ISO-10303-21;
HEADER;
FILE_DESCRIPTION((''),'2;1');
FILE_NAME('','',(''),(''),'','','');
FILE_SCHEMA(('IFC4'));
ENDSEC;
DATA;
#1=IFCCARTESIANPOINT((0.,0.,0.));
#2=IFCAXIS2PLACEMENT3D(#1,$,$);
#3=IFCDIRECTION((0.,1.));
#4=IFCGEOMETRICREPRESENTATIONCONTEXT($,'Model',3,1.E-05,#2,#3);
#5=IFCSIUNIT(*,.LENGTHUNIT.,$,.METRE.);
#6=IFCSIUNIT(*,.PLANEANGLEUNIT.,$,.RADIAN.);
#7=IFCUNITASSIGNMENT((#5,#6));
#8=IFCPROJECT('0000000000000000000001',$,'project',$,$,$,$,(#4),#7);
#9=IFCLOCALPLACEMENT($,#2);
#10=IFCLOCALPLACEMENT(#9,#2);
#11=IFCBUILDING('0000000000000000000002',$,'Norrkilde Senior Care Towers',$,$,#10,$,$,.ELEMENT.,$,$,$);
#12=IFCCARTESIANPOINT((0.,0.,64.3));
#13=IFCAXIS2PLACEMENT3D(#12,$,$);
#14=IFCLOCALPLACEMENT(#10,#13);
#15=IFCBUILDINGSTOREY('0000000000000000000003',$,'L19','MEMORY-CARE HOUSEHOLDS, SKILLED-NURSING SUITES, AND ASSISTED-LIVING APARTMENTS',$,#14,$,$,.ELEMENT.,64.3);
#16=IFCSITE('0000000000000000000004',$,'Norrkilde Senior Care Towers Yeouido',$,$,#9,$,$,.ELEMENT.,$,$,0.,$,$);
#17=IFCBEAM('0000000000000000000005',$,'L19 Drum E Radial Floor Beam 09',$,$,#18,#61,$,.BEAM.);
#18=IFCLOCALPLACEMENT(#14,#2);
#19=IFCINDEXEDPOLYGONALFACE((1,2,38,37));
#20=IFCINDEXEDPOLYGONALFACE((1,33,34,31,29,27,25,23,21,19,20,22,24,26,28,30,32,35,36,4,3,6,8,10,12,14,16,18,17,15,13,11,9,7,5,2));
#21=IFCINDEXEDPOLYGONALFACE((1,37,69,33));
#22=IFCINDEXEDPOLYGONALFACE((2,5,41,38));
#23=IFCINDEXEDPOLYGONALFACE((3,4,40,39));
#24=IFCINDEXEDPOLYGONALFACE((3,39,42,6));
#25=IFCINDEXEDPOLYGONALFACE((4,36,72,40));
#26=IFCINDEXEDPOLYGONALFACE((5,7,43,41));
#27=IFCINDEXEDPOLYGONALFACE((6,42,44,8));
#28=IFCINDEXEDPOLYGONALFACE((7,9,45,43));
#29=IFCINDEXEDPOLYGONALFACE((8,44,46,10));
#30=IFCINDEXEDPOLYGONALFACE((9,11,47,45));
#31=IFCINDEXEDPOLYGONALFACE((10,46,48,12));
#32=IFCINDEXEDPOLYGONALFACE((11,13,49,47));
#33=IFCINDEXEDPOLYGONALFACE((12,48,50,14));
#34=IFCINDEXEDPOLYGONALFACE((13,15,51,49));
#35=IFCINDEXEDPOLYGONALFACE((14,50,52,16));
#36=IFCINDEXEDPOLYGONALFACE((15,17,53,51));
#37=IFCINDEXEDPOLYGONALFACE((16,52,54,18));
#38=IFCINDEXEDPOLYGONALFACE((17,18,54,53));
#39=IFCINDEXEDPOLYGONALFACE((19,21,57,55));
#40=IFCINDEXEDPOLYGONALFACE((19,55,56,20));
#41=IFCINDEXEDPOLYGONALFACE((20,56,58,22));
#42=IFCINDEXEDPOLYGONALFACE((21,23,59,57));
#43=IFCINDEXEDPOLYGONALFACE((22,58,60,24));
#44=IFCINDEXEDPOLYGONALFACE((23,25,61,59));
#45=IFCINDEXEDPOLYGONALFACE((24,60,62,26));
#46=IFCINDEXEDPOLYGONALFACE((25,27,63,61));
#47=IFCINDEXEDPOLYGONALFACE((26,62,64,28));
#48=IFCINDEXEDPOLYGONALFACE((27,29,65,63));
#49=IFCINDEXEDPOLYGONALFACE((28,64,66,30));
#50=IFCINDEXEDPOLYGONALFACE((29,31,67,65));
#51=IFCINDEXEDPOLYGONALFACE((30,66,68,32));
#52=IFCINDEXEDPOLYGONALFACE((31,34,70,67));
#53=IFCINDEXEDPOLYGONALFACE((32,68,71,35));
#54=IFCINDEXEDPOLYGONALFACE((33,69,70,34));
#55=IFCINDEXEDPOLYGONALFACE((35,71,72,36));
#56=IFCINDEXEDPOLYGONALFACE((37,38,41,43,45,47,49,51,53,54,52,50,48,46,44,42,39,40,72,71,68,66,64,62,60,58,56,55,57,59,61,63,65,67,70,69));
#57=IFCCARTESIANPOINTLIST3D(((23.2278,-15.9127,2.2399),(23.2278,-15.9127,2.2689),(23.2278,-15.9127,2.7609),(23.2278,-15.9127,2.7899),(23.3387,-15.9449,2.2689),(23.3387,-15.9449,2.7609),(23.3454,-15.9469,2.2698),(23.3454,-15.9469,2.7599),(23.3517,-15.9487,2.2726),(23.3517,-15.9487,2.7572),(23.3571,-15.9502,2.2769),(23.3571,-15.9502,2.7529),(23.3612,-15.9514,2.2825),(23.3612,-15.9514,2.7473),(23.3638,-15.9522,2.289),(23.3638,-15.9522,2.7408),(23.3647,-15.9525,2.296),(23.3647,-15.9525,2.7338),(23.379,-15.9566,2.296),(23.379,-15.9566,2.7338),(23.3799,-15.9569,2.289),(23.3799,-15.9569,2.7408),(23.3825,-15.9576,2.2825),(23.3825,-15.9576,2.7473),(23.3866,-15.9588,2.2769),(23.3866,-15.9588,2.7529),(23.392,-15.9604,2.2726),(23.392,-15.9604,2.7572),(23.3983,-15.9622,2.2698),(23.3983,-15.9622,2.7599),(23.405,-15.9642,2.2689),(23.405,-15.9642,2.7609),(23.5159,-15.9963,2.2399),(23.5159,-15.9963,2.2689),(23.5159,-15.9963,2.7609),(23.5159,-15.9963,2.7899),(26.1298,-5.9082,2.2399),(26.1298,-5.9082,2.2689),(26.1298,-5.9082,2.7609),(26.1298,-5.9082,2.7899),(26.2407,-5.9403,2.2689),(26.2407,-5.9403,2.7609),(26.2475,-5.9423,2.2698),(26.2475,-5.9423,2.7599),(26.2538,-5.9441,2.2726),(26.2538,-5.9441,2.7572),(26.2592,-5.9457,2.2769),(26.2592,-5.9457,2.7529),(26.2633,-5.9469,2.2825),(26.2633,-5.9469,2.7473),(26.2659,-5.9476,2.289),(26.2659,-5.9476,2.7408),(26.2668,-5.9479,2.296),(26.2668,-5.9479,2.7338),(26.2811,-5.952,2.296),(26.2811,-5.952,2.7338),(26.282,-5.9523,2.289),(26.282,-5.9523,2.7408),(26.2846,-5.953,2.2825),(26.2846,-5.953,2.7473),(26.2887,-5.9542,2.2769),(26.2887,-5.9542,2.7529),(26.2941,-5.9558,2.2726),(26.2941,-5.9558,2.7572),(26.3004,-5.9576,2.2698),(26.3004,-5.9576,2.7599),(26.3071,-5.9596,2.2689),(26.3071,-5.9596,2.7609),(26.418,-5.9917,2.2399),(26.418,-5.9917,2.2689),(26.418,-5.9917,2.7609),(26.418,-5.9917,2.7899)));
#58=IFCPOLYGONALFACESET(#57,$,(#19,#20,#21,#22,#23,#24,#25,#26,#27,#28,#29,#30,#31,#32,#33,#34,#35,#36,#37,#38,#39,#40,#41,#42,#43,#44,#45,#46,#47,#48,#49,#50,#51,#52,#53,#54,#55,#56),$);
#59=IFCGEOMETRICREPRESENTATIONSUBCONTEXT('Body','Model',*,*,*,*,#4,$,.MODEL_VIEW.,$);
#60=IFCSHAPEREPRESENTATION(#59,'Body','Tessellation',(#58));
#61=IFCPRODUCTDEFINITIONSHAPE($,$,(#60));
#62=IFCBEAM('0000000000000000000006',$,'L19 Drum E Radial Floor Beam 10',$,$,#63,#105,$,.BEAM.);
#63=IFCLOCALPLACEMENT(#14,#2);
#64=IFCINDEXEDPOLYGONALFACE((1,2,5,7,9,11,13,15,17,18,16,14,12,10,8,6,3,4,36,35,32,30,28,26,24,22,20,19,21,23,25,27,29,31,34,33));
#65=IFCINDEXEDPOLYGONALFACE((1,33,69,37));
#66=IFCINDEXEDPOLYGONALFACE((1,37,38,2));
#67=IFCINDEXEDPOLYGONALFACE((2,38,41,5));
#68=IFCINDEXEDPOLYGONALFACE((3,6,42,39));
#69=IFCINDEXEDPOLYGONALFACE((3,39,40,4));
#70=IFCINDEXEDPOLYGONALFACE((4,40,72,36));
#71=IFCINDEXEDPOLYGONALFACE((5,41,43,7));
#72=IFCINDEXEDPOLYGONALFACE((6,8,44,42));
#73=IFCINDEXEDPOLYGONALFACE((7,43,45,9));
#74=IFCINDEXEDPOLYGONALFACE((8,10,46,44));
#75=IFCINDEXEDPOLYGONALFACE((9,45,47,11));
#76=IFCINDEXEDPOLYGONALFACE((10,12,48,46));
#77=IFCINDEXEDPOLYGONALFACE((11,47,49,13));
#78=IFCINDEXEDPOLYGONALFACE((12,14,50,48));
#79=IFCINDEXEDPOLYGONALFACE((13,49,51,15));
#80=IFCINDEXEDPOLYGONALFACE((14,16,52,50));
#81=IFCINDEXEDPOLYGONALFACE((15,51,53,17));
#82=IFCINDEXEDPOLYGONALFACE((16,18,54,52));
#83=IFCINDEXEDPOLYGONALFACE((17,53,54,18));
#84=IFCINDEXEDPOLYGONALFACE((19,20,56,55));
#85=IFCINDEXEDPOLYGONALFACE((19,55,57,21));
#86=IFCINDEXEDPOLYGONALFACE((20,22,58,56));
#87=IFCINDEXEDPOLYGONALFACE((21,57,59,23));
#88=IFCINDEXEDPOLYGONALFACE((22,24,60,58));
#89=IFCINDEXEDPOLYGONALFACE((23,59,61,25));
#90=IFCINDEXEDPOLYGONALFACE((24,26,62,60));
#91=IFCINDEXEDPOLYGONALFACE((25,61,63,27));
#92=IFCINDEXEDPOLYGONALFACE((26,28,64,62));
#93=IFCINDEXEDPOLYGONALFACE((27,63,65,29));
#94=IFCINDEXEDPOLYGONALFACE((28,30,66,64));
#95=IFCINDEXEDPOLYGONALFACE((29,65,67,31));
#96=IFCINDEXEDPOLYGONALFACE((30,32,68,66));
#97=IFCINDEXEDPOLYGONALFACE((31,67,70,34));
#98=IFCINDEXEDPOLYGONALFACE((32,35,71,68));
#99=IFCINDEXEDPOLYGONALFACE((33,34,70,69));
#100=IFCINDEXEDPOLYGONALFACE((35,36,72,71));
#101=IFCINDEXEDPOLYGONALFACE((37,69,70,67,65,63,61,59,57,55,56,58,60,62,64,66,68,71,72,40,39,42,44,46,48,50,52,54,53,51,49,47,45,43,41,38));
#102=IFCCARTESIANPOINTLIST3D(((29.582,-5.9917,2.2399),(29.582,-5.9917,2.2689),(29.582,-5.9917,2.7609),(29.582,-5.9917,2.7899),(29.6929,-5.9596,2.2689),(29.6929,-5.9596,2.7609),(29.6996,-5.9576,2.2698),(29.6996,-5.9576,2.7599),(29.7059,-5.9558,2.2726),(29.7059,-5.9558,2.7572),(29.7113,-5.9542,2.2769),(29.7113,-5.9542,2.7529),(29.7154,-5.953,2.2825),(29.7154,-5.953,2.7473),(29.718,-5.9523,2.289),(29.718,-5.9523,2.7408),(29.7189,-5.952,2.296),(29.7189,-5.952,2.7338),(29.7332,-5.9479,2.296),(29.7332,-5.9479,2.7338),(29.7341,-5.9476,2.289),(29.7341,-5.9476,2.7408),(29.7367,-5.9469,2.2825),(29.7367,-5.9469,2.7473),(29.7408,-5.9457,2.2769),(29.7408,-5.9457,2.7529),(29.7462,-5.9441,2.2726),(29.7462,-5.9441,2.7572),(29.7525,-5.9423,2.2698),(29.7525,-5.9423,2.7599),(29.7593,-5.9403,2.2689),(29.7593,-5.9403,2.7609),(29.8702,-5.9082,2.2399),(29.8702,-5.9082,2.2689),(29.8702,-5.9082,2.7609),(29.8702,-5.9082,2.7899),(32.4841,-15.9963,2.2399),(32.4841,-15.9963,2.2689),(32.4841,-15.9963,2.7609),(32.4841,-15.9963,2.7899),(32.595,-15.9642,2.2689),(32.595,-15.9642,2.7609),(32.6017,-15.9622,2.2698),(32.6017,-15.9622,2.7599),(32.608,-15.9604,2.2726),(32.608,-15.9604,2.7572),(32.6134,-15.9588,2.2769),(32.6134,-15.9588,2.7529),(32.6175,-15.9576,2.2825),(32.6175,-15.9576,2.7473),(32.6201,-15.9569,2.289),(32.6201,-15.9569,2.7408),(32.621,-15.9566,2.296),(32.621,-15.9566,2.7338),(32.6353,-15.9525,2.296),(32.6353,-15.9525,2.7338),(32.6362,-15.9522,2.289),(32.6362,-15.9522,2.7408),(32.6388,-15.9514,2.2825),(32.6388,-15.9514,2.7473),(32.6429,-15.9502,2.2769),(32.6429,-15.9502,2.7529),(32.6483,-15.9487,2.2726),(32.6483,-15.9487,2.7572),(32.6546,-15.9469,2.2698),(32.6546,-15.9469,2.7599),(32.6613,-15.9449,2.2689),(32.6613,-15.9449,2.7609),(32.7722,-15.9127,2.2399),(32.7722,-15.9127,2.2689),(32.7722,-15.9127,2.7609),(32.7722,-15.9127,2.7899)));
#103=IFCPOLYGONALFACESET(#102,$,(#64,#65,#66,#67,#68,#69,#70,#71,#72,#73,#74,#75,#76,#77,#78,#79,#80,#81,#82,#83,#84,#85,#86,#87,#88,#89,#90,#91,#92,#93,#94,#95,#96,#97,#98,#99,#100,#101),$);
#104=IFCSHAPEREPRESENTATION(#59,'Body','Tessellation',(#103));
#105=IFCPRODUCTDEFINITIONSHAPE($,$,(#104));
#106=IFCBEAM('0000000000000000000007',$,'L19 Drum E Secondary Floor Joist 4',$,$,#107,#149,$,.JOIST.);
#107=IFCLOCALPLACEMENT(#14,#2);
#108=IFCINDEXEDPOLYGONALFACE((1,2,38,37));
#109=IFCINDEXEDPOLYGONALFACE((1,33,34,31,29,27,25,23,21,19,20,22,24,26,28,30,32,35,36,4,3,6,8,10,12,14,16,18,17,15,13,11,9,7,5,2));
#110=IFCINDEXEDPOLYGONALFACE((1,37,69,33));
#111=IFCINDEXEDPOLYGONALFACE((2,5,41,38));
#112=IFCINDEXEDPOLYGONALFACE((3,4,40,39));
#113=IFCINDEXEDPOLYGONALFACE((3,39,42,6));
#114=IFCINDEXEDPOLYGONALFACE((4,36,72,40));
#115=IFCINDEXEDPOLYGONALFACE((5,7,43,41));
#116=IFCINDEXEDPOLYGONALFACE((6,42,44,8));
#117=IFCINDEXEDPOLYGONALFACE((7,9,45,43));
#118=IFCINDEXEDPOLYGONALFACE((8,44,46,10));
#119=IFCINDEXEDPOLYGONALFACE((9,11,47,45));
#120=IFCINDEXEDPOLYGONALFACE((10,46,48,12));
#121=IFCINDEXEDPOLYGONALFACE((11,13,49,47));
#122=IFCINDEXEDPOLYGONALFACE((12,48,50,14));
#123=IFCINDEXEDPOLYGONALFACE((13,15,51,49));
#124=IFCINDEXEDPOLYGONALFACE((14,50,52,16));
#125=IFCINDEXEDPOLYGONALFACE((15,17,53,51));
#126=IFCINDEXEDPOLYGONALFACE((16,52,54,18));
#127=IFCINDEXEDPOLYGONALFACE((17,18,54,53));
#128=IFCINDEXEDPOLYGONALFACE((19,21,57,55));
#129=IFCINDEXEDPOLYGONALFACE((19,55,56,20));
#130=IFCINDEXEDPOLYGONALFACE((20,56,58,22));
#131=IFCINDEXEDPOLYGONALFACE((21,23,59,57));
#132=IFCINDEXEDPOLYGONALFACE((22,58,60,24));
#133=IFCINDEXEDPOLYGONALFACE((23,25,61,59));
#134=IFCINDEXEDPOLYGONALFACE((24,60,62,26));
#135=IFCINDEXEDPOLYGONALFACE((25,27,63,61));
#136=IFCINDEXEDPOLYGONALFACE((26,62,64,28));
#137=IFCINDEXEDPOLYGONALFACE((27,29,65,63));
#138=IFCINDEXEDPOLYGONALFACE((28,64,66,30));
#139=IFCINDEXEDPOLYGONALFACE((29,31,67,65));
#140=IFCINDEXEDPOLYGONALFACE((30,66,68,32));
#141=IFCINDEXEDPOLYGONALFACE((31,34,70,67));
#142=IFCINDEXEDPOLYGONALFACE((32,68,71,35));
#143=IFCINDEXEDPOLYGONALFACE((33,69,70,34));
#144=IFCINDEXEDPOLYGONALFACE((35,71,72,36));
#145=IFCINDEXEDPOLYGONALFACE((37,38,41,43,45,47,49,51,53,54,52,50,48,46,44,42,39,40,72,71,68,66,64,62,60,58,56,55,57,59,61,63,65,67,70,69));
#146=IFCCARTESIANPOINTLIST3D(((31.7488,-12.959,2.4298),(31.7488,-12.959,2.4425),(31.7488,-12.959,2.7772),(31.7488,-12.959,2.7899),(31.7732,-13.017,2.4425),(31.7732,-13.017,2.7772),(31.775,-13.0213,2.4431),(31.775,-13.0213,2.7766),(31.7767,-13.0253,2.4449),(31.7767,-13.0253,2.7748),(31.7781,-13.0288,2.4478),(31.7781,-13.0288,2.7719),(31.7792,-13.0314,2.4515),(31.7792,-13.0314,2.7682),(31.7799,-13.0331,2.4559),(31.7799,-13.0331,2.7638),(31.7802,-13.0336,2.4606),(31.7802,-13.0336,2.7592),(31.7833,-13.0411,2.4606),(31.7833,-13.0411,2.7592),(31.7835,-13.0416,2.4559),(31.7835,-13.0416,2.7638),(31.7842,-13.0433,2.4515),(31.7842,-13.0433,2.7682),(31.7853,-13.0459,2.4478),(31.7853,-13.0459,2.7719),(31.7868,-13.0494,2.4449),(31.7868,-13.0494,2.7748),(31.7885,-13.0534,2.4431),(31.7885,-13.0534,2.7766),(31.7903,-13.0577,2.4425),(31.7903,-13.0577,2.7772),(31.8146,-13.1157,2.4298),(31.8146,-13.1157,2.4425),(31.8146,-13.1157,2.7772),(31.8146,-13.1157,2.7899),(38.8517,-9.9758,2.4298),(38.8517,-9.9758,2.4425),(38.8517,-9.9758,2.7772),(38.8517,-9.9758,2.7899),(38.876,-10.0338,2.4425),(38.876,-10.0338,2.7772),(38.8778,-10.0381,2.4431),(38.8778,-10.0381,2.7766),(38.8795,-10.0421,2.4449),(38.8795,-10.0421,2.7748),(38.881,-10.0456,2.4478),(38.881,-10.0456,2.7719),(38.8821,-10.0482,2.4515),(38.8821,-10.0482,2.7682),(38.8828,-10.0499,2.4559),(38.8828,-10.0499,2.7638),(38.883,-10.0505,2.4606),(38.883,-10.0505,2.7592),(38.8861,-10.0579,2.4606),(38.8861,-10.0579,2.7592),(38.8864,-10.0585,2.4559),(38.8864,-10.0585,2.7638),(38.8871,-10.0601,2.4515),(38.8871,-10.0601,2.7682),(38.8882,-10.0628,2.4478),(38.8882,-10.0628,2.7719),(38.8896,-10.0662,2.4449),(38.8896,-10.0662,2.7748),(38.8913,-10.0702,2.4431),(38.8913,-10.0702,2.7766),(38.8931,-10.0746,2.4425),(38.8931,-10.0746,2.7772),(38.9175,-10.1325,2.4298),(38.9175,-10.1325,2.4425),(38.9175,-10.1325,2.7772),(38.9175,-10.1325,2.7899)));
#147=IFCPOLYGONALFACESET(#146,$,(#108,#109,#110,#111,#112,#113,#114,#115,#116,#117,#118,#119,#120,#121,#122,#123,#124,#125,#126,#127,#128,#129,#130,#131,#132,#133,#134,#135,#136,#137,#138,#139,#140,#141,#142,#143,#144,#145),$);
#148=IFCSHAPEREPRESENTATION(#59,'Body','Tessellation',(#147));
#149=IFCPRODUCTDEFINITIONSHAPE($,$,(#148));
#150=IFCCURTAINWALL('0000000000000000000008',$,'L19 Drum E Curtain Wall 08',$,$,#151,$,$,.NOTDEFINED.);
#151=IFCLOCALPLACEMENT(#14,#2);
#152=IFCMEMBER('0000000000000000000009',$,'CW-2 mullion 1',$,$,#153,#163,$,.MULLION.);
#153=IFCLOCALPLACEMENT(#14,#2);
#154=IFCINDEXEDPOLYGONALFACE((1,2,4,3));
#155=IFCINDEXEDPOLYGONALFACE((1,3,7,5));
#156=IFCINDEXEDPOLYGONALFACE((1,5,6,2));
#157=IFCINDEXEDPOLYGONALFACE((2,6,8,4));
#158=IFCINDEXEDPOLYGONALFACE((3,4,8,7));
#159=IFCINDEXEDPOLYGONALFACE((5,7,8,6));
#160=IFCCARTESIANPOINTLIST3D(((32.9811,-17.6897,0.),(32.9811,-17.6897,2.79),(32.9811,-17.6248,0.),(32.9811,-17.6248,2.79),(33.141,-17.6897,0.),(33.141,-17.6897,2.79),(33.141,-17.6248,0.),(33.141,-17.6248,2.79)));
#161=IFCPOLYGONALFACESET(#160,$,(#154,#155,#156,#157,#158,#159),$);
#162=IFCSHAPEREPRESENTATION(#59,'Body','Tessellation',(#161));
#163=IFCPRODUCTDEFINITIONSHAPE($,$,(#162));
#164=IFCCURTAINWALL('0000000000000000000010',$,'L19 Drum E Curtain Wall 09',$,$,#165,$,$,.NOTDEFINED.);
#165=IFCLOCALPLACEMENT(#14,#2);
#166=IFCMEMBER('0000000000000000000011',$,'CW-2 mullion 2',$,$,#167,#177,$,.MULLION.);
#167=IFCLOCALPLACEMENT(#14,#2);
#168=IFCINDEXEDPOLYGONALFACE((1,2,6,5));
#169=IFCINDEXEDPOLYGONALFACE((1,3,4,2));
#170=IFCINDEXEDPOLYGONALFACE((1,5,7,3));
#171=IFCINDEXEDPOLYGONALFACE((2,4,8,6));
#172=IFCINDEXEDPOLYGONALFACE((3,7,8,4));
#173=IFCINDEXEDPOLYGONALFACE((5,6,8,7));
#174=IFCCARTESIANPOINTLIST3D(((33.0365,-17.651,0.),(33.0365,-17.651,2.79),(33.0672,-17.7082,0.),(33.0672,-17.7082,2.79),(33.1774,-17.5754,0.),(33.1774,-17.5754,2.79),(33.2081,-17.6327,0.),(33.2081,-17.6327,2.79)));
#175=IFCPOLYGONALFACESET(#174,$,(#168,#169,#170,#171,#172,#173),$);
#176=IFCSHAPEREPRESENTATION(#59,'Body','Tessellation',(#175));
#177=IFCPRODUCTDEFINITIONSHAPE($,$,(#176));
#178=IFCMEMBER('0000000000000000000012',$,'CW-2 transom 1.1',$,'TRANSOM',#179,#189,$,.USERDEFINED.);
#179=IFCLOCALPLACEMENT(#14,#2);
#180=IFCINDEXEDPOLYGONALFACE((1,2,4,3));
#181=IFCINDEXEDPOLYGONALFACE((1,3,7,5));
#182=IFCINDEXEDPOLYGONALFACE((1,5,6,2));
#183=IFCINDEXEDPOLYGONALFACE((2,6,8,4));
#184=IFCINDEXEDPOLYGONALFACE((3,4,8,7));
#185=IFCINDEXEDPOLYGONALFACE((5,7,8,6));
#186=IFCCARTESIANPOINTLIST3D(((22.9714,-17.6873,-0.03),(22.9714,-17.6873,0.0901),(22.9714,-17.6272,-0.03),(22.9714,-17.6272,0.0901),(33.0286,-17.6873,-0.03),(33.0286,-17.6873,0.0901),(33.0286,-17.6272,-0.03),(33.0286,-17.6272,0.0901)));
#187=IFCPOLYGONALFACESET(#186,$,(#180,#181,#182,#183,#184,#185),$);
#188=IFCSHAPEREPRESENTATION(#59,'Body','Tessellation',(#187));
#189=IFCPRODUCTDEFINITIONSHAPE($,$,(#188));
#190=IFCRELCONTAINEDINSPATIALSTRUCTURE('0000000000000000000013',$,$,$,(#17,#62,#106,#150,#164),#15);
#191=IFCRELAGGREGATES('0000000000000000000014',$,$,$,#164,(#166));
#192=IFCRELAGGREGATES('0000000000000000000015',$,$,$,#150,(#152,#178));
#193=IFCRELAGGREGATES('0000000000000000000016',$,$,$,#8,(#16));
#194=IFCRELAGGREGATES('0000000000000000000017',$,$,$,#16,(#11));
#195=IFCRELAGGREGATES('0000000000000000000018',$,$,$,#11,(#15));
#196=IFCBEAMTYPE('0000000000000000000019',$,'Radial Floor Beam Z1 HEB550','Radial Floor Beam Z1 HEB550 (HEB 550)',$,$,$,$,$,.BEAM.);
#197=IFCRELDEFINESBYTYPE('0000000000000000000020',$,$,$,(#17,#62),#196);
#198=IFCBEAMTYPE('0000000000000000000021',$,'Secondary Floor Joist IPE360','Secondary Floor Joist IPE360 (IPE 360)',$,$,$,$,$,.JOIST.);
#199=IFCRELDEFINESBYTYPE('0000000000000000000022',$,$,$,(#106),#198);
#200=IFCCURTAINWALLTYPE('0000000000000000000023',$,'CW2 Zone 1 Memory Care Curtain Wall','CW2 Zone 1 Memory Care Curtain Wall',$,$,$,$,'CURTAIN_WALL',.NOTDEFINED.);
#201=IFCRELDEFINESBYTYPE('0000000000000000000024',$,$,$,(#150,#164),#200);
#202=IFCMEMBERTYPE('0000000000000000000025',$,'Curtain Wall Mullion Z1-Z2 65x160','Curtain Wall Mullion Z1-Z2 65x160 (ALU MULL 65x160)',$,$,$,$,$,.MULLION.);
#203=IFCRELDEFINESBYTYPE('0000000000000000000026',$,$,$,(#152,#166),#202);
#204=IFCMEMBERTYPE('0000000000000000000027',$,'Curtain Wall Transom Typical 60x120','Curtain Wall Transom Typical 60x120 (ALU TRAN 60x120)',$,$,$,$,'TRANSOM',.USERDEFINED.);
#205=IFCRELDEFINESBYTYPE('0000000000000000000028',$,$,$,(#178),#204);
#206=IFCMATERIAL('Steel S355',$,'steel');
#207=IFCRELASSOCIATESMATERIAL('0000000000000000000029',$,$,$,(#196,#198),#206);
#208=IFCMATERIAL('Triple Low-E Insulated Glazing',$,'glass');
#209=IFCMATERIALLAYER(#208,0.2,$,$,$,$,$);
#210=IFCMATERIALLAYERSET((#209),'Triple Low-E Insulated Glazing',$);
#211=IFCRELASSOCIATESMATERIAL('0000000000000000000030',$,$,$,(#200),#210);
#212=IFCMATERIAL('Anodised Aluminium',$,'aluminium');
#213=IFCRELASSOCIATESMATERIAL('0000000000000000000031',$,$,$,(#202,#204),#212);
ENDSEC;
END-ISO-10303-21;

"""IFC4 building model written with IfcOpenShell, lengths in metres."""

from ifc_helpers import new_model, si_unit, direction, frame, origin, origin_2d, place, context, subcontext, project, spatial, rectangle, i_section, extrude, source, transform, mapped, material, layer, layer_set, material_profile, profile_set, type_object, type_shapes, element, aggregate, save


model = new_model("IFC4")

# Units and contexts
model_context = context("Model", 3, precision=1e-05, world=origin(), true_north=direction((0.0, 1.0)))
body_context = subcontext(model_context, "Body", "Model", "MODEL_VIEW")
ifc_project = project(units=[si_unit("LENGTHUNIT", "METRE"), si_unit("PLANEANGLEUNIT", "RADIAN")], contexts=[model_context])

# Site, building, storey
site_placement = place(None, origin())
site = spatial("IfcSite", under=ifc_project, at=site_placement, Name="Norrkilde Senior Care Towers Yeouido", CompositionType="ELEMENT", RefElevation=0.0)
building_placement = place(site_placement, origin())
building = spatial("IfcBuilding", under=site, at=building_placement, Name="Norrkilde Senior Care Towers", CompositionType="ELEMENT")
storey_placement = place(building_placement, frame((0.0, 0.0, 64.3)))
storey = spatial("IfcBuildingStorey", under=building, at=storey_placement, Name="L19", Description="MEMORY-CARE HOUSEHOLDS, SKILLED-NURSING SUITES, AND ASSISTED-LIVING APARTMENTS", CompositionType="ELEMENT", Elevation=64.3)

# Beams
ifc_material_1 = material(Name="Steel S355", Category="steel")
ifc_material_profile_1 = material_profile(ifc_material_1, i_section(OverallWidth=0.3, OverallDepth=0.55, WebThickness=0.0149, FlangeThickness=0.0291, FilletRadius=0.0271, at=origin_2d()), Name="HEB 550")
ifc_profile_set_1 = profile_set([ifc_material_profile_1], Name="Steel S355")
beam_type_1 = type_object("IfcBeamType", Name="Radial Floor Beam Z1 HEB550", Description="Radial Floor Beam Z1 HEB550 (HEB 550)", PredefinedType="BEAM", material=ifc_profile_set_1)
shared_shape_1 = source(origin(), body_context, "Body", "SweptSolid", [
    extrude(i_section(OverallWidth=0.3, OverallDepth=0.55, WebThickness=0.0149, FlangeThickness=0.0291, FilletRadius=0.0271, at=origin_2d()), origin(), (0.0, 0.0, 1.0), 10.417),
])
for number, where, z_axis, x_axis, name in (
    (1, (26.2739, -5.95, 2.5149), (-0.278591, -0.96041, 0.0), (0.96041, -0.278591, 0.0), "L19 Drum E Radial Floor Beam 09"),
    (2, (29.7261, -5.95, 2.5149), (0.278591, -0.96041, 0.0), (0.96041, 0.278591, 0.0), "L19 Drum E Radial Floor Beam 10"),
):
    element("IfcBeam", number, at=place(storey_placement, frame(where, z_axis=z_axis, x_axis=x_axis)), inside=storey, type_object=beam_type_1, Name=name, PredefinedType="BEAM", context=body_context, shape_type="MappedRepresentation", body=[
        mapped(shared_shape_1, transform((0.0, 0.0, 0.0), x_axis=(1.0, 0.0, 0.0), y_axis=(0.0, 1.0, 0.0), z_axis=(0.0, 0.0, 1.0), scale=1.0)),
    ])
ifc_material_profile_2 = material_profile(ifc_material_1, i_section(OverallWidth=0.1699, OverallDepth=0.3601, WebThickness=0.0081, FlangeThickness=0.0127, FilletRadius=0.0181, at=origin_2d()), Name="IPE 360")
ifc_profile_set_2 = profile_set([ifc_material_profile_2], Name="Steel S355")
beam_type_2 = type_object("IfcBeamType", Name="Secondary Floor Joist IPE360", Description="Secondary Floor Joist IPE360 (IPE 360)", PredefinedType="JOIST", material=ifc_profile_set_2)
shared_shape_2 = source(origin(), body_context, "Body", "SweptSolid", [
    extrude(i_section(OverallWidth=0.1699, OverallDepth=0.3601, WebThickness=0.0081, FlangeThickness=0.0127, FilletRadius=0.0181, at=origin_2d()), origin(), (0.0, 0.0, 1.0), 7.7039),
])
type_shapes(beam_type_2, [shared_shape_2])
beam_1_placement = place(storey_placement, frame((31.7817, -13.0374, 2.6099), z_axis=(0.921983, 0.387231, 0.0), x_axis=(-0.387231, 0.921983, 0.0)))
element("IfcBeam", 3, at=beam_1_placement, inside=storey, type_object=beam_type_2, Name="L19 Drum E Secondary Floor Joist 4", PredefinedType="JOIST", context=body_context, shape_type="MappedRepresentation", body=[
    mapped(shared_shape_2, transform((0.0, 0.0, 0.0), x_axis=(1.0, 0.0, 0.0), y_axis=(0.0, 1.0, 0.0), z_axis=(0.0, 0.0, 1.0), scale=1.0)),
])

# Curtain walls, members
ifc_material_2 = material(Name="Triple Low-E Insulated Glazing", Category="glass")
ifc_layer_1 = layer(ifc_material_2, 0.2)
ifc_layer_set_1 = layer_set([ifc_layer_1], Name="Triple Low-E Insulated Glazing")
curtain_wall_type = type_object("IfcCurtainWallType", Name="CW2 Zone 1 Memory Care Curtain Wall", Description="CW2 Zone 1 Memory Care Curtain Wall", ElementType="CURTAIN_WALL", PredefinedType="NOTDEFINED", material=ifc_layer_set_1)
curtain_wall_1_placement = place(storey_placement, origin())
curtain_wall_1 = element("IfcCurtainWall", 4, at=curtain_wall_1_placement, inside=storey, type_object=curtain_wall_type, Name="L19 Drum E Curtain Wall 08", PredefinedType="NOTDEFINED")
ifc_material_3 = material(Name="Anodised Aluminium", Category="aluminium")
ifc_material_profile_3 = material_profile(ifc_material_3, rectangle(XDim=0.0649, YDim=0.1599, at=origin_2d()), Name="ALU MULL 65x160")
ifc_profile_set_3 = profile_set([ifc_material_profile_3], Name="Anodised Aluminium")
member_type_1 = type_object("IfcMemberType", Name="Curtain Wall Mullion Z1-Z2 65x160", Description="Curtain Wall Mullion Z1-Z2 65x160 (ALU MULL 65x160)", PredefinedType="MULLION", material=ifc_profile_set_3)
shared_shape_3 = source(origin(), body_context, "Body", "SweptSolid", [
    extrude(rectangle(XDim=0.0649, YDim=0.1599, at=origin_2d()), origin(), (0.0, 0.0, 1.0), 2.79),
])
type_shapes(member_type_1, [shared_shape_3])
member_1_placement = place(storey_placement, frame((33.061, -17.6572, 0.0), z_axis=(0.0, 0.0, 1.0), x_axis=(0.0, -1.0, 0.0)))
member_1 = element("IfcMember", 5, at=member_1_placement, type_object=member_type_1, Name="CW-2 mullion 1", PredefinedType="MULLION", context=body_context, shape_type="MappedRepresentation", body=[
    mapped(shared_shape_3, transform((0.0, 0.0, 0.0), x_axis=(1.0, 0.0, 0.0), y_axis=(0.0, 1.0, 0.0), z_axis=(0.0, 0.0, 1.0), scale=1.0)),
])
curtain_wall_2_placement = place(storey_placement, origin())
curtain_wall_2 = element("IfcCurtainWall", 6, at=curtain_wall_2_placement, inside=storey, type_object=curtain_wall_type, Name="L19 Drum E Curtain Wall 09", PredefinedType="NOTDEFINED")
member_2_placement = place(storey_placement, frame((33.1223, -17.6418, 0.0), z_axis=(0.0, 0.0, 1.0), x_axis=(0.472608, -0.881273, 0.0)))
member_2 = element("IfcMember", 7, at=member_2_placement, type_object=member_type_1, Name="CW-2 mullion 2", PredefinedType="MULLION", context=body_context, shape_type="MappedRepresentation", body=[
    mapped(shared_shape_3, transform((0.0, 0.0, 0.0), x_axis=(1.0, 0.0, 0.0), y_axis=(0.0, 1.0, 0.0), z_axis=(0.0, 0.0, 1.0), scale=1.0)),
])
aggregate(curtain_wall_2, [member_2])

# Member
ifc_material_profile_4 = material_profile(ifc_material_3, rectangle(XDim=0.0601, YDim=0.1201, at=origin_2d()), Name="ALU TRAN 60x120")
ifc_profile_set_4 = profile_set([ifc_material_profile_4], Name="Anodised Aluminium")
member_type_2 = type_object("IfcMemberType", Name="Curtain Wall Transom Typical 60x120", Description="Curtain Wall Transom Typical 60x120 (ALU TRAN 60x120)", ElementType="TRANSOM", PredefinedType="USERDEFINED", material=ifc_profile_set_4)
shared_shape_4 = source(origin(), body_context, "Body", "SweptSolid", [
    extrude(rectangle(XDim=0.0601, YDim=0.1201, at=origin_2d()), origin(), (0.0, 0.0, 1.0), 10.0571),
])
type_shapes(member_type_2, [shared_shape_4])
member_3_placement = place(storey_placement, frame((33.0286, -17.6572, 0.03), z_axis=(-1.0, 0.0, 0.0), x_axis=(0.0, -1.0, 0.0)))
member_3 = element("IfcMember", 8, at=member_3_placement, type_object=member_type_2, Name="CW-2 transom 1.1", ObjectType="TRANSOM", PredefinedType="USERDEFINED", context=body_context, shape_type="MappedRepresentation", body=[
    mapped(shared_shape_4, transform((0.0, 0.0, 0.0), x_axis=(1.0, 0.0, 0.0), y_axis=(0.0, 1.0, 0.0), z_axis=(0.0, 0.0, 1.0), scale=1.0)),
])

aggregate(curtain_wall_1, [member_1, member_3])

save(model, "model.ifc")
